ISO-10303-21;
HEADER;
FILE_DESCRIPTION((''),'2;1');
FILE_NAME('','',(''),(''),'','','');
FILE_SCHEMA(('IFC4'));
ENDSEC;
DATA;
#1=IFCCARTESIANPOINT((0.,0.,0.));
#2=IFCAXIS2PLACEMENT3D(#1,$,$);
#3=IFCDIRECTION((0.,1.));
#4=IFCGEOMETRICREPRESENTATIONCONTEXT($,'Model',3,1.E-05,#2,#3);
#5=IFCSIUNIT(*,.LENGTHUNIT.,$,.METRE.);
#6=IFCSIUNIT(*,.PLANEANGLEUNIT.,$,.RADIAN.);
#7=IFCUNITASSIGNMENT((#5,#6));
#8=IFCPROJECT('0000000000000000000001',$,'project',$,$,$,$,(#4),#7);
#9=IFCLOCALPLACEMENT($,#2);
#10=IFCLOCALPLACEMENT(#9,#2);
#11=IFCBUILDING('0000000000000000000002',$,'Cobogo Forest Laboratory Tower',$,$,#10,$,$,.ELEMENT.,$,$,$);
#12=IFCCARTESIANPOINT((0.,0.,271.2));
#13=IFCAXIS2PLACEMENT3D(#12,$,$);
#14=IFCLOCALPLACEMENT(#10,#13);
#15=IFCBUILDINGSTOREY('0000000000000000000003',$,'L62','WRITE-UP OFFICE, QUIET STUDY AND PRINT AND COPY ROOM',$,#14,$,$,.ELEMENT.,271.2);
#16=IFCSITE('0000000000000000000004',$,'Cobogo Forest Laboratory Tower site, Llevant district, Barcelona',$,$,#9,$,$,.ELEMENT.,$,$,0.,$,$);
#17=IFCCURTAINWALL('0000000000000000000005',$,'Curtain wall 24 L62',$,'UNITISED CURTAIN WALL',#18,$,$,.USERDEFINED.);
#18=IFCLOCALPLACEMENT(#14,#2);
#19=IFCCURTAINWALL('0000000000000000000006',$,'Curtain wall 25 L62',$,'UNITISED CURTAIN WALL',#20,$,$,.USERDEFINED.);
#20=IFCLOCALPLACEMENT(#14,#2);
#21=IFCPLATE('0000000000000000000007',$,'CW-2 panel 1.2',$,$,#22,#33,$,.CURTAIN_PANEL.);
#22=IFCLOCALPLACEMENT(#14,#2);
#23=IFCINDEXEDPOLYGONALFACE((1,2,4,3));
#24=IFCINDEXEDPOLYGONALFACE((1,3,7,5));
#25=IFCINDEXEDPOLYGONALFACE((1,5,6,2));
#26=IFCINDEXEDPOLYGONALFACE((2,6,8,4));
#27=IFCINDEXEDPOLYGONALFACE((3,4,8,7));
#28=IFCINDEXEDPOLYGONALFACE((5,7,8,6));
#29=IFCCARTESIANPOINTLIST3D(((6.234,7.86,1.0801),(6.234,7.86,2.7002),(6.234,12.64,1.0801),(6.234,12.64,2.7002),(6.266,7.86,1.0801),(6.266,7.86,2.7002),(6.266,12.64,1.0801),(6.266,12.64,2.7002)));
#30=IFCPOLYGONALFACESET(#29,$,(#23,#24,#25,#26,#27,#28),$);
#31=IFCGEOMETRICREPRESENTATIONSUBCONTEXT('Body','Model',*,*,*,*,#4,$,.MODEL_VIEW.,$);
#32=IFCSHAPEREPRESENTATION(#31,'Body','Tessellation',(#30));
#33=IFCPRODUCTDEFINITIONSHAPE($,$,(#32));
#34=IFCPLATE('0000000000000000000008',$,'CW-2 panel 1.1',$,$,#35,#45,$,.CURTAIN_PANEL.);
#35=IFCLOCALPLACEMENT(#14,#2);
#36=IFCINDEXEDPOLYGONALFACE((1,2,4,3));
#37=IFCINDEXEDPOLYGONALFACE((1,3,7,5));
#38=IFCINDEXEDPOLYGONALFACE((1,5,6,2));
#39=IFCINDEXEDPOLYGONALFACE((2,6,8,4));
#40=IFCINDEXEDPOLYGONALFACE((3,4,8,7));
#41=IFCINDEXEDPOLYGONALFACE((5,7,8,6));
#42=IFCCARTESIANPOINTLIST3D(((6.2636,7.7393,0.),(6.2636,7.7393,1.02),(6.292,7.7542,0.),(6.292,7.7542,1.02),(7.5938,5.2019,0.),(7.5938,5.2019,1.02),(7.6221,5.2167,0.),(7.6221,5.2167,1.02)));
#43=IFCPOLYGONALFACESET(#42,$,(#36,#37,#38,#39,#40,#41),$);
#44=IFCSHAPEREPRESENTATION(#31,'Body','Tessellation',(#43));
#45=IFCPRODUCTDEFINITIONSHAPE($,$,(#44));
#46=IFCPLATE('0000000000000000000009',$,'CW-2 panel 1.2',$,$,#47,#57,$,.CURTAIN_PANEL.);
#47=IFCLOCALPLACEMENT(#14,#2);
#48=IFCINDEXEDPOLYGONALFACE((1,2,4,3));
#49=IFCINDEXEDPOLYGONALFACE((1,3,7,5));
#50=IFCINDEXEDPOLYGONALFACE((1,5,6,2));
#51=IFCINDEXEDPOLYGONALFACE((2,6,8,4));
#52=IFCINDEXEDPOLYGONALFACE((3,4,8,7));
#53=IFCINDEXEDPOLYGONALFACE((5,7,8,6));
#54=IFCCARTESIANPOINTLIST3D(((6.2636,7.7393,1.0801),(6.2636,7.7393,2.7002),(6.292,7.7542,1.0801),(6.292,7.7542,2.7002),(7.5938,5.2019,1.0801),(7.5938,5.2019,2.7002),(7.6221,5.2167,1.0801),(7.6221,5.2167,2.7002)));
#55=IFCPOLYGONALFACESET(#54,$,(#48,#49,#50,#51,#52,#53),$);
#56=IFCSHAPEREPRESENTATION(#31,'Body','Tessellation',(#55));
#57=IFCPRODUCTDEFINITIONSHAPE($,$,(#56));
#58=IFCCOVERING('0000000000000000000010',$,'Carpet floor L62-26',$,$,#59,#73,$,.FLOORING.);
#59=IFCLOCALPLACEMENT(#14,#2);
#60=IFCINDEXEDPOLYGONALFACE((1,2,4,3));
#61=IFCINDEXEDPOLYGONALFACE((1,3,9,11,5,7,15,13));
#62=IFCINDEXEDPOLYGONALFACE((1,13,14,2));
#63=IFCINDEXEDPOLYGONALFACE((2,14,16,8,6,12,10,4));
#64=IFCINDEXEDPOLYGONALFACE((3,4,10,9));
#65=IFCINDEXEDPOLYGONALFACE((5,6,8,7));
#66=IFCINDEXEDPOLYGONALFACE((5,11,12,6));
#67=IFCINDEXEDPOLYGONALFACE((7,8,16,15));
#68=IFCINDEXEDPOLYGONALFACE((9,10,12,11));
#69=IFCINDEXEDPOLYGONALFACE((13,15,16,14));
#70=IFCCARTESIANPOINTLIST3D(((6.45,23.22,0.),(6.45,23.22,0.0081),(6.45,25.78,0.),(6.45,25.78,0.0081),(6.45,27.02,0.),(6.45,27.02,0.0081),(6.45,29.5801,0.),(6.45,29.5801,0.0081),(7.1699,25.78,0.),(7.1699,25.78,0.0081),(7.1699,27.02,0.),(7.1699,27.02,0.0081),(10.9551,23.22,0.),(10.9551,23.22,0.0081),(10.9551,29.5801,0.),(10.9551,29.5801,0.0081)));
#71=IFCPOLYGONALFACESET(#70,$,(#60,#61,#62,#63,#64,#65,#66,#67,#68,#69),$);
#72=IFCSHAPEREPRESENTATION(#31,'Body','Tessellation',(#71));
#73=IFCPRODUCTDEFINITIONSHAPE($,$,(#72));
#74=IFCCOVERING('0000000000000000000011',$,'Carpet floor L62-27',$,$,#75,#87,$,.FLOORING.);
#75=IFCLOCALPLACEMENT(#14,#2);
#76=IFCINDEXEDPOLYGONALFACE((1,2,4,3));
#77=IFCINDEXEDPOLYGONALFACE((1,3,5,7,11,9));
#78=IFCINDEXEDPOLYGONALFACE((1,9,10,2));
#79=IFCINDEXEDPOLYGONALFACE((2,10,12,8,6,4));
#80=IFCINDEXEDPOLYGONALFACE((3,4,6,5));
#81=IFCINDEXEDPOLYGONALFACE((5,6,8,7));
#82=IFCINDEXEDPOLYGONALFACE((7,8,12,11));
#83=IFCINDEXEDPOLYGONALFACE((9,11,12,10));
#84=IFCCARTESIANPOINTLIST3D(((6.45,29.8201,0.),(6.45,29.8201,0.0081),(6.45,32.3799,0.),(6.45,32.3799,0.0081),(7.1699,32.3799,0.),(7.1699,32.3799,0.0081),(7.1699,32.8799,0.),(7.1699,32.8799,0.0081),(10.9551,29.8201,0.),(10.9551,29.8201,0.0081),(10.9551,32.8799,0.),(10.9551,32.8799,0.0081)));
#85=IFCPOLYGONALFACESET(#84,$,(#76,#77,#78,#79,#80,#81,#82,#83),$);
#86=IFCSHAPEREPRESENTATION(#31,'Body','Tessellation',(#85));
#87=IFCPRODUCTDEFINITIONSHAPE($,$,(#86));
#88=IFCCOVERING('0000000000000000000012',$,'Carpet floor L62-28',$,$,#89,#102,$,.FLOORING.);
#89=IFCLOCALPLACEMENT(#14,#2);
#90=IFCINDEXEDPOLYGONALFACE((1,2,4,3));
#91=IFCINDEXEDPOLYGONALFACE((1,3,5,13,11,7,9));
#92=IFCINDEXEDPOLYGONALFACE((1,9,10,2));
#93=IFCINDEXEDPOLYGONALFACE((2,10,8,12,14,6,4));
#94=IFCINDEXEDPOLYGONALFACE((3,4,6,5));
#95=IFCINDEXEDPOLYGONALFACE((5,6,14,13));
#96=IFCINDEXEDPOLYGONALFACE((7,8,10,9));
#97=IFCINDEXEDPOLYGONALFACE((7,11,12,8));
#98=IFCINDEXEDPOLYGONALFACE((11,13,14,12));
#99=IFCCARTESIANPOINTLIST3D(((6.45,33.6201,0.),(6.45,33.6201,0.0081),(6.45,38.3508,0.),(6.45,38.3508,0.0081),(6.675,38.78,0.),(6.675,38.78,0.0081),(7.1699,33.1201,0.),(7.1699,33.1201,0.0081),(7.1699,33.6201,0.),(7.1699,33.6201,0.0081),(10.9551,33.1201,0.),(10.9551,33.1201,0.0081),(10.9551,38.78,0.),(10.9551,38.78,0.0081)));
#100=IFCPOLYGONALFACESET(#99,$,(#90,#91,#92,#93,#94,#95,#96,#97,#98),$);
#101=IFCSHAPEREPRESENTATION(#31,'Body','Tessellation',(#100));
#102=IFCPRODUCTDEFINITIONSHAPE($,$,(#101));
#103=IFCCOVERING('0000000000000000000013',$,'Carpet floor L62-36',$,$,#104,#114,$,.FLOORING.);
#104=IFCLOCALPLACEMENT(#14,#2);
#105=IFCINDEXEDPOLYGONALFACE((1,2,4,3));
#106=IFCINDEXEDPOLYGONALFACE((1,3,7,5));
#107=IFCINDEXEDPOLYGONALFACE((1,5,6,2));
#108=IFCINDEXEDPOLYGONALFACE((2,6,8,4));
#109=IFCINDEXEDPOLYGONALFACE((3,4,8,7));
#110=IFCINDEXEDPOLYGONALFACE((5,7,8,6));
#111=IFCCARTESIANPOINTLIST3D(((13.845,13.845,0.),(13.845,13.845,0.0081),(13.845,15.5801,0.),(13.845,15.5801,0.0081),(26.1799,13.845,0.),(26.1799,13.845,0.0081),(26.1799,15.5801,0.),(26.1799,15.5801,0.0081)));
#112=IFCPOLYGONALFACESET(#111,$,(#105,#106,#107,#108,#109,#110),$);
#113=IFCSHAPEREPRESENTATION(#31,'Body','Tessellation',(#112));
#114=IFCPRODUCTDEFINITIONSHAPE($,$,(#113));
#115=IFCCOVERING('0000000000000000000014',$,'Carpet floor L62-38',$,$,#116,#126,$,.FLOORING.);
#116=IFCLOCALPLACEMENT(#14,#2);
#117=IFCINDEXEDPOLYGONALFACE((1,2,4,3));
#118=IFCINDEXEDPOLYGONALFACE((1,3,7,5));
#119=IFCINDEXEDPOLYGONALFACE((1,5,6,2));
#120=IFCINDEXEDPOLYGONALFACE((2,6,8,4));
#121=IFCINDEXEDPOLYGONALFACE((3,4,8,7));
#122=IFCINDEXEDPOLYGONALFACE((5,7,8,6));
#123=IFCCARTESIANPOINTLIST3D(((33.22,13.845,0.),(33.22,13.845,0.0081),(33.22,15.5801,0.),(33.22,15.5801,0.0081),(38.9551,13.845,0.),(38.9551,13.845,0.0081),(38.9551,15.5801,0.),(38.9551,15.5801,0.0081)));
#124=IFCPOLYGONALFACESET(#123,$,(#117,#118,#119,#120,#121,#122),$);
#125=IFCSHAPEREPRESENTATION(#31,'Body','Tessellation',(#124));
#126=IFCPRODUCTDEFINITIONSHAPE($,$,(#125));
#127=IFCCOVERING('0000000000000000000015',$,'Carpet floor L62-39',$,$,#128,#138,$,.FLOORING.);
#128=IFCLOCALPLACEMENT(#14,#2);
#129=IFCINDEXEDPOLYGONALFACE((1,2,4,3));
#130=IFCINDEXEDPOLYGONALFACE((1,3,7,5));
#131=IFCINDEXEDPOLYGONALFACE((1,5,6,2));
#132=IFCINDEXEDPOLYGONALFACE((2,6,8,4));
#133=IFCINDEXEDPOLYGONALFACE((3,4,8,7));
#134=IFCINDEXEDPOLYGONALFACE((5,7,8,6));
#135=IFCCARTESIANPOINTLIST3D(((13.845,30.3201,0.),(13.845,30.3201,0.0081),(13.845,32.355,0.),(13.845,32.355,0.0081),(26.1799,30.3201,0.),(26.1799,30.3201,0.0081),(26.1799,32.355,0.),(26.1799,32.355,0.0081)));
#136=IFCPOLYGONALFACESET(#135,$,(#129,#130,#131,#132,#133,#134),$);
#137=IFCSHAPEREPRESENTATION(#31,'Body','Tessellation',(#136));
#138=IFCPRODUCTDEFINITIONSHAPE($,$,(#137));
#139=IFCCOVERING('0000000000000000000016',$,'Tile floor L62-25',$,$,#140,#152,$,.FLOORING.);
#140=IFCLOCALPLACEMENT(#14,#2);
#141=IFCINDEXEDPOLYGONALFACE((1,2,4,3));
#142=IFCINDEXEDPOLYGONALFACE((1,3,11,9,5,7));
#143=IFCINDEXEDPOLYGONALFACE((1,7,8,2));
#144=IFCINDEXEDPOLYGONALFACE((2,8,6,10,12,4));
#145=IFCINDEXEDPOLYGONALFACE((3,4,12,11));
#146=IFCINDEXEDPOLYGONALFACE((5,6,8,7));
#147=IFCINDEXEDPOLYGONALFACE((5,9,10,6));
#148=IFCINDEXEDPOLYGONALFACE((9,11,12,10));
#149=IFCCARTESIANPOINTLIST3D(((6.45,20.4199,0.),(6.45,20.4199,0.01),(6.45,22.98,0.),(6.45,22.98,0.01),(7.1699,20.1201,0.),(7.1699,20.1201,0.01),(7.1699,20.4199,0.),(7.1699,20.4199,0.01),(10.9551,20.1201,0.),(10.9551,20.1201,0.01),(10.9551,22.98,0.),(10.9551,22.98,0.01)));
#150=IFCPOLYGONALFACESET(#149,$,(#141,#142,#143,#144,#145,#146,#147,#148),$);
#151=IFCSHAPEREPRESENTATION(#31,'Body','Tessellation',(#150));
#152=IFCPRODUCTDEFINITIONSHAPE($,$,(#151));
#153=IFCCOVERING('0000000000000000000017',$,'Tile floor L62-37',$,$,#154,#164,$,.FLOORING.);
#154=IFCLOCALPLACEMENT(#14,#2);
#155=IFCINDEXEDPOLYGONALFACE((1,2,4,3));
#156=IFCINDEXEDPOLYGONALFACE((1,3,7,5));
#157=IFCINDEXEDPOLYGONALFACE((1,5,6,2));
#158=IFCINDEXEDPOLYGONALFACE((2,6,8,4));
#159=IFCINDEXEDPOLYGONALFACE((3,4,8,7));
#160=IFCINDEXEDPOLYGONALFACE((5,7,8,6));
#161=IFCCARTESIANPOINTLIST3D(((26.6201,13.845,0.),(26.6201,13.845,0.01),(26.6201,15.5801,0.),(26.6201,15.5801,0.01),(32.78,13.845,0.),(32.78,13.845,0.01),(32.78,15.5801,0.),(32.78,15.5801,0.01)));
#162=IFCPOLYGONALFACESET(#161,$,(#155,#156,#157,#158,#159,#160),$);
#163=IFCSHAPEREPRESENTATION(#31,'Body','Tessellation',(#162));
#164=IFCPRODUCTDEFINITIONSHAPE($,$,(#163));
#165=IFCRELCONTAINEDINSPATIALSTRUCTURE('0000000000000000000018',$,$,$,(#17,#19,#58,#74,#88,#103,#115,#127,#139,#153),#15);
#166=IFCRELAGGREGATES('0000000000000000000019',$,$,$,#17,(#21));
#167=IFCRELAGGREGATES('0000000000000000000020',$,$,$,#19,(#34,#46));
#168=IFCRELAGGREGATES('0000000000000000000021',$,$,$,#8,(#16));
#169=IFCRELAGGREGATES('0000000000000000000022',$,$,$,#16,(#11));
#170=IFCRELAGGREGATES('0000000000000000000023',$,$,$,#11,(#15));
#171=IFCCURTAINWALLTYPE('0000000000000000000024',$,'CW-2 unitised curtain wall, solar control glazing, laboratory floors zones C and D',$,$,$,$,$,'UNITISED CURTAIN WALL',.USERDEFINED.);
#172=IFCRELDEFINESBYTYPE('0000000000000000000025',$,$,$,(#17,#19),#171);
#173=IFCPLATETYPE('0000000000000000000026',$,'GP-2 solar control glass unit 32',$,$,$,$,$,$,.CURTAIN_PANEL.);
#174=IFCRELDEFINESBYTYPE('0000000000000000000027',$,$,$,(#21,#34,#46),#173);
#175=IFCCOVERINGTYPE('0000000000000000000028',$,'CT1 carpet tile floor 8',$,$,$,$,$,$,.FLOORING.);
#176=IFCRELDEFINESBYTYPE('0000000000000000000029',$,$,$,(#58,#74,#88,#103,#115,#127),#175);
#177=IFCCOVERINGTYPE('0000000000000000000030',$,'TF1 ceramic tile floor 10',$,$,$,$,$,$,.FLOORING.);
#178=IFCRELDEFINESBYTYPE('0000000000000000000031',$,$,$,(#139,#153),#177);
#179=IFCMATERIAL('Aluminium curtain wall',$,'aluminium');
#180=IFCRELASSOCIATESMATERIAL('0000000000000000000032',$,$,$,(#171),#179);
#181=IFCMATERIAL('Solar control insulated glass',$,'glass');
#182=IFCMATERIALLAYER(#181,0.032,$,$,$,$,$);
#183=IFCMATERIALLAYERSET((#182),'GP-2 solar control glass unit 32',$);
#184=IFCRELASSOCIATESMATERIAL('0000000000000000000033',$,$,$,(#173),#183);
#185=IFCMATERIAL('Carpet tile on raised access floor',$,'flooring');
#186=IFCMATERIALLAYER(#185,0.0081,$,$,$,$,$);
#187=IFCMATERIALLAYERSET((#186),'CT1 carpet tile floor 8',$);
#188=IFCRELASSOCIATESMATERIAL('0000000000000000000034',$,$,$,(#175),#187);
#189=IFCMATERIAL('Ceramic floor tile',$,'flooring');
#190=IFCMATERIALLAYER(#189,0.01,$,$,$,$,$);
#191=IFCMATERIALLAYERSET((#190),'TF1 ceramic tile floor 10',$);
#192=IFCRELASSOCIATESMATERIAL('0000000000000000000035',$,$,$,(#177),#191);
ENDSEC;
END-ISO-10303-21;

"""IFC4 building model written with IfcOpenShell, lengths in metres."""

from ifc_helpers import new_model, si_unit, direction, frame, origin, origin_2d, place, context, subcontext, project, spatial, polyline, rectangle, outline, extrude, material, layer, layer_set, type_object, element, aggregate, save


model = new_model("IFC4")

# Units and contexts
model_context = context("Model", 3, precision=1e-05, world=origin(), true_north=direction((0.0, 1.0)))
body_context = subcontext(model_context, "Body", "Model", "MODEL_VIEW")
ifc_project = project(units=[si_unit("LENGTHUNIT", "METRE"), si_unit("PLANEANGLEUNIT", "RADIAN")], contexts=[model_context])

# Site, building, storey
site_placement = place(None, origin())
site = spatial("IfcSite", under=ifc_project, at=site_placement, Name="Cobogo Forest Laboratory Tower site, Llevant district, Barcelona", CompositionType="ELEMENT", RefElevation=0.0)
building_placement = place(site_placement, origin())
building = spatial("IfcBuilding", under=site, at=building_placement, Name="Cobogo Forest Laboratory Tower", CompositionType="ELEMENT")
storey_placement = place(building_placement, frame((0.0, 0.0, 271.2)))
storey = spatial("IfcBuildingStorey", under=building, at=storey_placement, Name="L62", Description="WRITE-UP OFFICE, QUIET STUDY AND PRINT AND COPY ROOM", CompositionType="ELEMENT", Elevation=271.2)

# Curtain walls
ifc_material_1 = material(Name="Aluminium curtain wall", Category="aluminium")
curtain_wall_type = type_object("IfcCurtainWallType", Name="CW-2 unitised curtain wall, solar control glazing, laboratory floors zones C and D", ElementType="UNITISED CURTAIN WALL", PredefinedType="USERDEFINED", material=ifc_material_1)
curtain_wall_1_placement = place(storey_placement, origin())
curtain_wall_1 = element("IfcCurtainWall", 1, at=curtain_wall_1_placement, inside=storey, type_object=curtain_wall_type, Name="Curtain wall 24 L62", ObjectType="UNITISED CURTAIN WALL", PredefinedType="USERDEFINED")
curtain_wall_2_placement = place(storey_placement, origin())
curtain_wall_2 = element("IfcCurtainWall", 2, at=curtain_wall_2_placement, inside=storey, type_object=curtain_wall_type, Name="Curtain wall 25 L62", ObjectType="UNITISED CURTAIN WALL", PredefinedType="USERDEFINED")

# Plates
ifc_material_2 = material(Name="Solar control insulated glass", Category="glass")
ifc_layer_1 = layer(ifc_material_2, 0.032)
ifc_layer_set_1 = layer_set([ifc_layer_1], Name="GP-2 solar control glass unit 32")
plate_type = type_object("IfcPlateType", Name="GP-2 solar control glass unit 32", PredefinedType="CURTAIN_PANEL", material=ifc_layer_set_1)
plate_1_placement = place(storey_placement, frame((6.25, 10.25, 1.0801), z_axis=(0.0, 0.0, 1.0), x_axis=(0.0, -1.0, 0.0)))
plate_1 = element("IfcPlate", 3, at=plate_1_placement, type_object=plate_type, Name="CW-2 panel 1.2", PredefinedType="CURTAIN_PANEL", context=body_context, shape_type="SweptSolid", body=[
    extrude(rectangle(XDim=4.78, YDim=0.032, at=origin_2d()), origin(), (0.0, 0.0, 1.0), 1.6201),
])
aggregate(curtain_wall_1, [plate_1])
plate_2_placement = place(storey_placement, frame((6.9429, 6.478, 0.0), z_axis=(0.0, 0.0, 1.0), x_axis=(0.464284, -0.885686, 0.0)))
plate_2 = element("IfcPlate", 4, at=plate_2_placement, type_object=plate_type, Name="CW-2 panel 1.1", PredefinedType="CURTAIN_PANEL", context=body_context, shape_type="SweptSolid", body=[
    extrude(rectangle(XDim=2.865, YDim=0.032, at=origin_2d()), origin(), (0.0, 0.0, 1.0), 1.02),
])
plate_3_placement = place(storey_placement, frame((6.9429, 6.478, 1.0801), z_axis=(0.0, 0.0, 1.0), x_axis=(0.464284, -0.885686, 0.0)))
plate_3 = element("IfcPlate", 5, at=plate_3_placement, type_object=plate_type, Name="CW-2 panel 1.2", PredefinedType="CURTAIN_PANEL", context=body_context, shape_type="SweptSolid", body=[
    extrude(rectangle(XDim=2.865, YDim=0.032, at=origin_2d()), origin(), (0.0, 0.0, 1.0), 1.6201),
])
aggregate(curtain_wall_2, [plate_2, plate_3])

# Coverings
ifc_material_3 = material(Name="Carpet tile on raised access floor", Category="flooring")
ifc_layer_2 = layer(ifc_material_3, 0.0081)
ifc_layer_set_2 = layer_set([ifc_layer_2], Name="CT1 carpet tile floor 8")
covering_type_1 = type_object("IfcCoveringType", Name="CT1 carpet tile floor 8", PredefinedType="FLOORING", material=ifc_layer_set_2)
covering_1_placement = place(storey_placement, origin())
element("IfcCovering", 6, at=covering_1_placement, inside=storey, type_object=covering_type_1, Name="Carpet floor L62-26", PredefinedType="FLOORING", context=body_context, shape_type="SweptSolid", body=[
    extrude(outline(polyline([(10.9551, 23.22), (6.45, 23.22), (6.45, 25.78), (7.1699, 25.78), (7.1699, 27.02), (6.45, 27.02), (6.45, 29.5801), (10.9551, 29.5801), (10.9551, 23.22)])), origin(), (0.0, 0.0, 1.0), 0.0081),
])
covering_2_placement = place(storey_placement, origin())
element("IfcCovering", 7, at=covering_2_placement, inside=storey, type_object=covering_type_1, Name="Carpet floor L62-27", PredefinedType="FLOORING", context=body_context, shape_type="SweptSolid", body=[
    extrude(outline(polyline([(10.9551, 29.8201), (6.45, 29.8201), (6.45, 32.3799), (7.1699, 32.3799), (7.1699, 32.8799), (10.9551, 32.8799), (10.9551, 29.8201)])), origin(), (0.0, 0.0, 1.0), 0.0081),
])
covering_3_placement = place(storey_placement, origin())
element("IfcCovering", 8, at=covering_3_placement, inside=storey, type_object=covering_type_1, Name="Carpet floor L62-28", PredefinedType="FLOORING", context=body_context, shape_type="SweptSolid", body=[
    extrude(outline(polyline([(10.9551, 33.1201), (7.1699, 33.1201), (7.1699, 33.6201), (6.45, 33.6201), (6.45, 38.3508), (6.675, 38.78), (10.9551, 38.78), (10.9551, 33.1201)])), origin(), (0.0, 0.0, 1.0), 0.0081),
])
covering_4_placement = place(storey_placement, origin())
element("IfcCovering", 9, at=covering_4_placement, inside=storey, type_object=covering_type_1, Name="Carpet floor L62-36", PredefinedType="FLOORING", context=body_context, shape_type="SweptSolid", body=[
    extrude(outline(polyline([(26.1799, 13.845), (13.845, 13.845), (13.845, 15.5801), (26.1799, 15.5801), (26.1799, 13.845)])), origin(), (0.0, 0.0, 1.0), 0.0081),
])
covering_5_placement = place(storey_placement, origin())
element("IfcCovering", 10, at=covering_5_placement, inside=storey, type_object=covering_type_1, Name="Carpet floor L62-38", PredefinedType="FLOORING", context=body_context, shape_type="SweptSolid", body=[
    extrude(outline(polyline([(38.9551, 13.845), (33.22, 13.845), (33.22, 15.5801), (38.9551, 15.5801), (38.9551, 13.845)])), origin(), (0.0, 0.0, 1.0), 0.0081),
])
covering_6_placement = place(storey_placement, origin())
element("IfcCovering", 11, at=covering_6_placement, inside=storey, type_object=covering_type_1, Name="Carpet floor L62-39", PredefinedType="FLOORING", context=body_context, shape_type="SweptSolid", body=[
    extrude(outline(polyline([(26.1799, 30.3201), (13.845, 30.3201), (13.845, 32.355), (26.1799, 32.355), (26.1799, 30.3201)])), origin(), (0.0, 0.0, 1.0), 0.0081),
])
ifc_material_4 = material(Name="Ceramic floor tile", Category="flooring")
ifc_layer_3 = layer(ifc_material_4, 0.01)
ifc_layer_set_3 = layer_set([ifc_layer_3], Name="TF1 ceramic tile floor 10")
covering_type_2 = type_object("IfcCoveringType", Name="TF1 ceramic tile floor 10", PredefinedType="FLOORING", material=ifc_layer_set_3)
covering_7_placement = place(storey_placement, origin())
element("IfcCovering", 12, at=covering_7_placement, inside=storey, type_object=covering_type_2, Name="Tile floor L62-25", PredefinedType="FLOORING", context=body_context, shape_type="SweptSolid", body=[
    extrude(outline(polyline([(10.9551, 20.1201), (7.1699, 20.1201), (7.1699, 20.4199), (6.45, 20.4199), (6.45, 22.98), (10.9551, 22.98), (10.9551, 20.1201)])), origin(), (0.0, 0.0, 1.0), 0.01),
])
covering_8_placement = place(storey_placement, origin())
element("IfcCovering", 13, at=covering_8_placement, inside=storey, type_object=covering_type_2, Name="Tile floor L62-37", PredefinedType="FLOORING", context=body_context, shape_type="SweptSolid", body=[
    extrude(outline(polyline([(32.78, 13.845), (26.6201, 13.845), (26.6201, 15.5801), (32.78, 15.5801), (32.78, 13.845)])), origin(), (0.0, 0.0, 1.0), 0.01),
])

save(model, "model.ifc")
